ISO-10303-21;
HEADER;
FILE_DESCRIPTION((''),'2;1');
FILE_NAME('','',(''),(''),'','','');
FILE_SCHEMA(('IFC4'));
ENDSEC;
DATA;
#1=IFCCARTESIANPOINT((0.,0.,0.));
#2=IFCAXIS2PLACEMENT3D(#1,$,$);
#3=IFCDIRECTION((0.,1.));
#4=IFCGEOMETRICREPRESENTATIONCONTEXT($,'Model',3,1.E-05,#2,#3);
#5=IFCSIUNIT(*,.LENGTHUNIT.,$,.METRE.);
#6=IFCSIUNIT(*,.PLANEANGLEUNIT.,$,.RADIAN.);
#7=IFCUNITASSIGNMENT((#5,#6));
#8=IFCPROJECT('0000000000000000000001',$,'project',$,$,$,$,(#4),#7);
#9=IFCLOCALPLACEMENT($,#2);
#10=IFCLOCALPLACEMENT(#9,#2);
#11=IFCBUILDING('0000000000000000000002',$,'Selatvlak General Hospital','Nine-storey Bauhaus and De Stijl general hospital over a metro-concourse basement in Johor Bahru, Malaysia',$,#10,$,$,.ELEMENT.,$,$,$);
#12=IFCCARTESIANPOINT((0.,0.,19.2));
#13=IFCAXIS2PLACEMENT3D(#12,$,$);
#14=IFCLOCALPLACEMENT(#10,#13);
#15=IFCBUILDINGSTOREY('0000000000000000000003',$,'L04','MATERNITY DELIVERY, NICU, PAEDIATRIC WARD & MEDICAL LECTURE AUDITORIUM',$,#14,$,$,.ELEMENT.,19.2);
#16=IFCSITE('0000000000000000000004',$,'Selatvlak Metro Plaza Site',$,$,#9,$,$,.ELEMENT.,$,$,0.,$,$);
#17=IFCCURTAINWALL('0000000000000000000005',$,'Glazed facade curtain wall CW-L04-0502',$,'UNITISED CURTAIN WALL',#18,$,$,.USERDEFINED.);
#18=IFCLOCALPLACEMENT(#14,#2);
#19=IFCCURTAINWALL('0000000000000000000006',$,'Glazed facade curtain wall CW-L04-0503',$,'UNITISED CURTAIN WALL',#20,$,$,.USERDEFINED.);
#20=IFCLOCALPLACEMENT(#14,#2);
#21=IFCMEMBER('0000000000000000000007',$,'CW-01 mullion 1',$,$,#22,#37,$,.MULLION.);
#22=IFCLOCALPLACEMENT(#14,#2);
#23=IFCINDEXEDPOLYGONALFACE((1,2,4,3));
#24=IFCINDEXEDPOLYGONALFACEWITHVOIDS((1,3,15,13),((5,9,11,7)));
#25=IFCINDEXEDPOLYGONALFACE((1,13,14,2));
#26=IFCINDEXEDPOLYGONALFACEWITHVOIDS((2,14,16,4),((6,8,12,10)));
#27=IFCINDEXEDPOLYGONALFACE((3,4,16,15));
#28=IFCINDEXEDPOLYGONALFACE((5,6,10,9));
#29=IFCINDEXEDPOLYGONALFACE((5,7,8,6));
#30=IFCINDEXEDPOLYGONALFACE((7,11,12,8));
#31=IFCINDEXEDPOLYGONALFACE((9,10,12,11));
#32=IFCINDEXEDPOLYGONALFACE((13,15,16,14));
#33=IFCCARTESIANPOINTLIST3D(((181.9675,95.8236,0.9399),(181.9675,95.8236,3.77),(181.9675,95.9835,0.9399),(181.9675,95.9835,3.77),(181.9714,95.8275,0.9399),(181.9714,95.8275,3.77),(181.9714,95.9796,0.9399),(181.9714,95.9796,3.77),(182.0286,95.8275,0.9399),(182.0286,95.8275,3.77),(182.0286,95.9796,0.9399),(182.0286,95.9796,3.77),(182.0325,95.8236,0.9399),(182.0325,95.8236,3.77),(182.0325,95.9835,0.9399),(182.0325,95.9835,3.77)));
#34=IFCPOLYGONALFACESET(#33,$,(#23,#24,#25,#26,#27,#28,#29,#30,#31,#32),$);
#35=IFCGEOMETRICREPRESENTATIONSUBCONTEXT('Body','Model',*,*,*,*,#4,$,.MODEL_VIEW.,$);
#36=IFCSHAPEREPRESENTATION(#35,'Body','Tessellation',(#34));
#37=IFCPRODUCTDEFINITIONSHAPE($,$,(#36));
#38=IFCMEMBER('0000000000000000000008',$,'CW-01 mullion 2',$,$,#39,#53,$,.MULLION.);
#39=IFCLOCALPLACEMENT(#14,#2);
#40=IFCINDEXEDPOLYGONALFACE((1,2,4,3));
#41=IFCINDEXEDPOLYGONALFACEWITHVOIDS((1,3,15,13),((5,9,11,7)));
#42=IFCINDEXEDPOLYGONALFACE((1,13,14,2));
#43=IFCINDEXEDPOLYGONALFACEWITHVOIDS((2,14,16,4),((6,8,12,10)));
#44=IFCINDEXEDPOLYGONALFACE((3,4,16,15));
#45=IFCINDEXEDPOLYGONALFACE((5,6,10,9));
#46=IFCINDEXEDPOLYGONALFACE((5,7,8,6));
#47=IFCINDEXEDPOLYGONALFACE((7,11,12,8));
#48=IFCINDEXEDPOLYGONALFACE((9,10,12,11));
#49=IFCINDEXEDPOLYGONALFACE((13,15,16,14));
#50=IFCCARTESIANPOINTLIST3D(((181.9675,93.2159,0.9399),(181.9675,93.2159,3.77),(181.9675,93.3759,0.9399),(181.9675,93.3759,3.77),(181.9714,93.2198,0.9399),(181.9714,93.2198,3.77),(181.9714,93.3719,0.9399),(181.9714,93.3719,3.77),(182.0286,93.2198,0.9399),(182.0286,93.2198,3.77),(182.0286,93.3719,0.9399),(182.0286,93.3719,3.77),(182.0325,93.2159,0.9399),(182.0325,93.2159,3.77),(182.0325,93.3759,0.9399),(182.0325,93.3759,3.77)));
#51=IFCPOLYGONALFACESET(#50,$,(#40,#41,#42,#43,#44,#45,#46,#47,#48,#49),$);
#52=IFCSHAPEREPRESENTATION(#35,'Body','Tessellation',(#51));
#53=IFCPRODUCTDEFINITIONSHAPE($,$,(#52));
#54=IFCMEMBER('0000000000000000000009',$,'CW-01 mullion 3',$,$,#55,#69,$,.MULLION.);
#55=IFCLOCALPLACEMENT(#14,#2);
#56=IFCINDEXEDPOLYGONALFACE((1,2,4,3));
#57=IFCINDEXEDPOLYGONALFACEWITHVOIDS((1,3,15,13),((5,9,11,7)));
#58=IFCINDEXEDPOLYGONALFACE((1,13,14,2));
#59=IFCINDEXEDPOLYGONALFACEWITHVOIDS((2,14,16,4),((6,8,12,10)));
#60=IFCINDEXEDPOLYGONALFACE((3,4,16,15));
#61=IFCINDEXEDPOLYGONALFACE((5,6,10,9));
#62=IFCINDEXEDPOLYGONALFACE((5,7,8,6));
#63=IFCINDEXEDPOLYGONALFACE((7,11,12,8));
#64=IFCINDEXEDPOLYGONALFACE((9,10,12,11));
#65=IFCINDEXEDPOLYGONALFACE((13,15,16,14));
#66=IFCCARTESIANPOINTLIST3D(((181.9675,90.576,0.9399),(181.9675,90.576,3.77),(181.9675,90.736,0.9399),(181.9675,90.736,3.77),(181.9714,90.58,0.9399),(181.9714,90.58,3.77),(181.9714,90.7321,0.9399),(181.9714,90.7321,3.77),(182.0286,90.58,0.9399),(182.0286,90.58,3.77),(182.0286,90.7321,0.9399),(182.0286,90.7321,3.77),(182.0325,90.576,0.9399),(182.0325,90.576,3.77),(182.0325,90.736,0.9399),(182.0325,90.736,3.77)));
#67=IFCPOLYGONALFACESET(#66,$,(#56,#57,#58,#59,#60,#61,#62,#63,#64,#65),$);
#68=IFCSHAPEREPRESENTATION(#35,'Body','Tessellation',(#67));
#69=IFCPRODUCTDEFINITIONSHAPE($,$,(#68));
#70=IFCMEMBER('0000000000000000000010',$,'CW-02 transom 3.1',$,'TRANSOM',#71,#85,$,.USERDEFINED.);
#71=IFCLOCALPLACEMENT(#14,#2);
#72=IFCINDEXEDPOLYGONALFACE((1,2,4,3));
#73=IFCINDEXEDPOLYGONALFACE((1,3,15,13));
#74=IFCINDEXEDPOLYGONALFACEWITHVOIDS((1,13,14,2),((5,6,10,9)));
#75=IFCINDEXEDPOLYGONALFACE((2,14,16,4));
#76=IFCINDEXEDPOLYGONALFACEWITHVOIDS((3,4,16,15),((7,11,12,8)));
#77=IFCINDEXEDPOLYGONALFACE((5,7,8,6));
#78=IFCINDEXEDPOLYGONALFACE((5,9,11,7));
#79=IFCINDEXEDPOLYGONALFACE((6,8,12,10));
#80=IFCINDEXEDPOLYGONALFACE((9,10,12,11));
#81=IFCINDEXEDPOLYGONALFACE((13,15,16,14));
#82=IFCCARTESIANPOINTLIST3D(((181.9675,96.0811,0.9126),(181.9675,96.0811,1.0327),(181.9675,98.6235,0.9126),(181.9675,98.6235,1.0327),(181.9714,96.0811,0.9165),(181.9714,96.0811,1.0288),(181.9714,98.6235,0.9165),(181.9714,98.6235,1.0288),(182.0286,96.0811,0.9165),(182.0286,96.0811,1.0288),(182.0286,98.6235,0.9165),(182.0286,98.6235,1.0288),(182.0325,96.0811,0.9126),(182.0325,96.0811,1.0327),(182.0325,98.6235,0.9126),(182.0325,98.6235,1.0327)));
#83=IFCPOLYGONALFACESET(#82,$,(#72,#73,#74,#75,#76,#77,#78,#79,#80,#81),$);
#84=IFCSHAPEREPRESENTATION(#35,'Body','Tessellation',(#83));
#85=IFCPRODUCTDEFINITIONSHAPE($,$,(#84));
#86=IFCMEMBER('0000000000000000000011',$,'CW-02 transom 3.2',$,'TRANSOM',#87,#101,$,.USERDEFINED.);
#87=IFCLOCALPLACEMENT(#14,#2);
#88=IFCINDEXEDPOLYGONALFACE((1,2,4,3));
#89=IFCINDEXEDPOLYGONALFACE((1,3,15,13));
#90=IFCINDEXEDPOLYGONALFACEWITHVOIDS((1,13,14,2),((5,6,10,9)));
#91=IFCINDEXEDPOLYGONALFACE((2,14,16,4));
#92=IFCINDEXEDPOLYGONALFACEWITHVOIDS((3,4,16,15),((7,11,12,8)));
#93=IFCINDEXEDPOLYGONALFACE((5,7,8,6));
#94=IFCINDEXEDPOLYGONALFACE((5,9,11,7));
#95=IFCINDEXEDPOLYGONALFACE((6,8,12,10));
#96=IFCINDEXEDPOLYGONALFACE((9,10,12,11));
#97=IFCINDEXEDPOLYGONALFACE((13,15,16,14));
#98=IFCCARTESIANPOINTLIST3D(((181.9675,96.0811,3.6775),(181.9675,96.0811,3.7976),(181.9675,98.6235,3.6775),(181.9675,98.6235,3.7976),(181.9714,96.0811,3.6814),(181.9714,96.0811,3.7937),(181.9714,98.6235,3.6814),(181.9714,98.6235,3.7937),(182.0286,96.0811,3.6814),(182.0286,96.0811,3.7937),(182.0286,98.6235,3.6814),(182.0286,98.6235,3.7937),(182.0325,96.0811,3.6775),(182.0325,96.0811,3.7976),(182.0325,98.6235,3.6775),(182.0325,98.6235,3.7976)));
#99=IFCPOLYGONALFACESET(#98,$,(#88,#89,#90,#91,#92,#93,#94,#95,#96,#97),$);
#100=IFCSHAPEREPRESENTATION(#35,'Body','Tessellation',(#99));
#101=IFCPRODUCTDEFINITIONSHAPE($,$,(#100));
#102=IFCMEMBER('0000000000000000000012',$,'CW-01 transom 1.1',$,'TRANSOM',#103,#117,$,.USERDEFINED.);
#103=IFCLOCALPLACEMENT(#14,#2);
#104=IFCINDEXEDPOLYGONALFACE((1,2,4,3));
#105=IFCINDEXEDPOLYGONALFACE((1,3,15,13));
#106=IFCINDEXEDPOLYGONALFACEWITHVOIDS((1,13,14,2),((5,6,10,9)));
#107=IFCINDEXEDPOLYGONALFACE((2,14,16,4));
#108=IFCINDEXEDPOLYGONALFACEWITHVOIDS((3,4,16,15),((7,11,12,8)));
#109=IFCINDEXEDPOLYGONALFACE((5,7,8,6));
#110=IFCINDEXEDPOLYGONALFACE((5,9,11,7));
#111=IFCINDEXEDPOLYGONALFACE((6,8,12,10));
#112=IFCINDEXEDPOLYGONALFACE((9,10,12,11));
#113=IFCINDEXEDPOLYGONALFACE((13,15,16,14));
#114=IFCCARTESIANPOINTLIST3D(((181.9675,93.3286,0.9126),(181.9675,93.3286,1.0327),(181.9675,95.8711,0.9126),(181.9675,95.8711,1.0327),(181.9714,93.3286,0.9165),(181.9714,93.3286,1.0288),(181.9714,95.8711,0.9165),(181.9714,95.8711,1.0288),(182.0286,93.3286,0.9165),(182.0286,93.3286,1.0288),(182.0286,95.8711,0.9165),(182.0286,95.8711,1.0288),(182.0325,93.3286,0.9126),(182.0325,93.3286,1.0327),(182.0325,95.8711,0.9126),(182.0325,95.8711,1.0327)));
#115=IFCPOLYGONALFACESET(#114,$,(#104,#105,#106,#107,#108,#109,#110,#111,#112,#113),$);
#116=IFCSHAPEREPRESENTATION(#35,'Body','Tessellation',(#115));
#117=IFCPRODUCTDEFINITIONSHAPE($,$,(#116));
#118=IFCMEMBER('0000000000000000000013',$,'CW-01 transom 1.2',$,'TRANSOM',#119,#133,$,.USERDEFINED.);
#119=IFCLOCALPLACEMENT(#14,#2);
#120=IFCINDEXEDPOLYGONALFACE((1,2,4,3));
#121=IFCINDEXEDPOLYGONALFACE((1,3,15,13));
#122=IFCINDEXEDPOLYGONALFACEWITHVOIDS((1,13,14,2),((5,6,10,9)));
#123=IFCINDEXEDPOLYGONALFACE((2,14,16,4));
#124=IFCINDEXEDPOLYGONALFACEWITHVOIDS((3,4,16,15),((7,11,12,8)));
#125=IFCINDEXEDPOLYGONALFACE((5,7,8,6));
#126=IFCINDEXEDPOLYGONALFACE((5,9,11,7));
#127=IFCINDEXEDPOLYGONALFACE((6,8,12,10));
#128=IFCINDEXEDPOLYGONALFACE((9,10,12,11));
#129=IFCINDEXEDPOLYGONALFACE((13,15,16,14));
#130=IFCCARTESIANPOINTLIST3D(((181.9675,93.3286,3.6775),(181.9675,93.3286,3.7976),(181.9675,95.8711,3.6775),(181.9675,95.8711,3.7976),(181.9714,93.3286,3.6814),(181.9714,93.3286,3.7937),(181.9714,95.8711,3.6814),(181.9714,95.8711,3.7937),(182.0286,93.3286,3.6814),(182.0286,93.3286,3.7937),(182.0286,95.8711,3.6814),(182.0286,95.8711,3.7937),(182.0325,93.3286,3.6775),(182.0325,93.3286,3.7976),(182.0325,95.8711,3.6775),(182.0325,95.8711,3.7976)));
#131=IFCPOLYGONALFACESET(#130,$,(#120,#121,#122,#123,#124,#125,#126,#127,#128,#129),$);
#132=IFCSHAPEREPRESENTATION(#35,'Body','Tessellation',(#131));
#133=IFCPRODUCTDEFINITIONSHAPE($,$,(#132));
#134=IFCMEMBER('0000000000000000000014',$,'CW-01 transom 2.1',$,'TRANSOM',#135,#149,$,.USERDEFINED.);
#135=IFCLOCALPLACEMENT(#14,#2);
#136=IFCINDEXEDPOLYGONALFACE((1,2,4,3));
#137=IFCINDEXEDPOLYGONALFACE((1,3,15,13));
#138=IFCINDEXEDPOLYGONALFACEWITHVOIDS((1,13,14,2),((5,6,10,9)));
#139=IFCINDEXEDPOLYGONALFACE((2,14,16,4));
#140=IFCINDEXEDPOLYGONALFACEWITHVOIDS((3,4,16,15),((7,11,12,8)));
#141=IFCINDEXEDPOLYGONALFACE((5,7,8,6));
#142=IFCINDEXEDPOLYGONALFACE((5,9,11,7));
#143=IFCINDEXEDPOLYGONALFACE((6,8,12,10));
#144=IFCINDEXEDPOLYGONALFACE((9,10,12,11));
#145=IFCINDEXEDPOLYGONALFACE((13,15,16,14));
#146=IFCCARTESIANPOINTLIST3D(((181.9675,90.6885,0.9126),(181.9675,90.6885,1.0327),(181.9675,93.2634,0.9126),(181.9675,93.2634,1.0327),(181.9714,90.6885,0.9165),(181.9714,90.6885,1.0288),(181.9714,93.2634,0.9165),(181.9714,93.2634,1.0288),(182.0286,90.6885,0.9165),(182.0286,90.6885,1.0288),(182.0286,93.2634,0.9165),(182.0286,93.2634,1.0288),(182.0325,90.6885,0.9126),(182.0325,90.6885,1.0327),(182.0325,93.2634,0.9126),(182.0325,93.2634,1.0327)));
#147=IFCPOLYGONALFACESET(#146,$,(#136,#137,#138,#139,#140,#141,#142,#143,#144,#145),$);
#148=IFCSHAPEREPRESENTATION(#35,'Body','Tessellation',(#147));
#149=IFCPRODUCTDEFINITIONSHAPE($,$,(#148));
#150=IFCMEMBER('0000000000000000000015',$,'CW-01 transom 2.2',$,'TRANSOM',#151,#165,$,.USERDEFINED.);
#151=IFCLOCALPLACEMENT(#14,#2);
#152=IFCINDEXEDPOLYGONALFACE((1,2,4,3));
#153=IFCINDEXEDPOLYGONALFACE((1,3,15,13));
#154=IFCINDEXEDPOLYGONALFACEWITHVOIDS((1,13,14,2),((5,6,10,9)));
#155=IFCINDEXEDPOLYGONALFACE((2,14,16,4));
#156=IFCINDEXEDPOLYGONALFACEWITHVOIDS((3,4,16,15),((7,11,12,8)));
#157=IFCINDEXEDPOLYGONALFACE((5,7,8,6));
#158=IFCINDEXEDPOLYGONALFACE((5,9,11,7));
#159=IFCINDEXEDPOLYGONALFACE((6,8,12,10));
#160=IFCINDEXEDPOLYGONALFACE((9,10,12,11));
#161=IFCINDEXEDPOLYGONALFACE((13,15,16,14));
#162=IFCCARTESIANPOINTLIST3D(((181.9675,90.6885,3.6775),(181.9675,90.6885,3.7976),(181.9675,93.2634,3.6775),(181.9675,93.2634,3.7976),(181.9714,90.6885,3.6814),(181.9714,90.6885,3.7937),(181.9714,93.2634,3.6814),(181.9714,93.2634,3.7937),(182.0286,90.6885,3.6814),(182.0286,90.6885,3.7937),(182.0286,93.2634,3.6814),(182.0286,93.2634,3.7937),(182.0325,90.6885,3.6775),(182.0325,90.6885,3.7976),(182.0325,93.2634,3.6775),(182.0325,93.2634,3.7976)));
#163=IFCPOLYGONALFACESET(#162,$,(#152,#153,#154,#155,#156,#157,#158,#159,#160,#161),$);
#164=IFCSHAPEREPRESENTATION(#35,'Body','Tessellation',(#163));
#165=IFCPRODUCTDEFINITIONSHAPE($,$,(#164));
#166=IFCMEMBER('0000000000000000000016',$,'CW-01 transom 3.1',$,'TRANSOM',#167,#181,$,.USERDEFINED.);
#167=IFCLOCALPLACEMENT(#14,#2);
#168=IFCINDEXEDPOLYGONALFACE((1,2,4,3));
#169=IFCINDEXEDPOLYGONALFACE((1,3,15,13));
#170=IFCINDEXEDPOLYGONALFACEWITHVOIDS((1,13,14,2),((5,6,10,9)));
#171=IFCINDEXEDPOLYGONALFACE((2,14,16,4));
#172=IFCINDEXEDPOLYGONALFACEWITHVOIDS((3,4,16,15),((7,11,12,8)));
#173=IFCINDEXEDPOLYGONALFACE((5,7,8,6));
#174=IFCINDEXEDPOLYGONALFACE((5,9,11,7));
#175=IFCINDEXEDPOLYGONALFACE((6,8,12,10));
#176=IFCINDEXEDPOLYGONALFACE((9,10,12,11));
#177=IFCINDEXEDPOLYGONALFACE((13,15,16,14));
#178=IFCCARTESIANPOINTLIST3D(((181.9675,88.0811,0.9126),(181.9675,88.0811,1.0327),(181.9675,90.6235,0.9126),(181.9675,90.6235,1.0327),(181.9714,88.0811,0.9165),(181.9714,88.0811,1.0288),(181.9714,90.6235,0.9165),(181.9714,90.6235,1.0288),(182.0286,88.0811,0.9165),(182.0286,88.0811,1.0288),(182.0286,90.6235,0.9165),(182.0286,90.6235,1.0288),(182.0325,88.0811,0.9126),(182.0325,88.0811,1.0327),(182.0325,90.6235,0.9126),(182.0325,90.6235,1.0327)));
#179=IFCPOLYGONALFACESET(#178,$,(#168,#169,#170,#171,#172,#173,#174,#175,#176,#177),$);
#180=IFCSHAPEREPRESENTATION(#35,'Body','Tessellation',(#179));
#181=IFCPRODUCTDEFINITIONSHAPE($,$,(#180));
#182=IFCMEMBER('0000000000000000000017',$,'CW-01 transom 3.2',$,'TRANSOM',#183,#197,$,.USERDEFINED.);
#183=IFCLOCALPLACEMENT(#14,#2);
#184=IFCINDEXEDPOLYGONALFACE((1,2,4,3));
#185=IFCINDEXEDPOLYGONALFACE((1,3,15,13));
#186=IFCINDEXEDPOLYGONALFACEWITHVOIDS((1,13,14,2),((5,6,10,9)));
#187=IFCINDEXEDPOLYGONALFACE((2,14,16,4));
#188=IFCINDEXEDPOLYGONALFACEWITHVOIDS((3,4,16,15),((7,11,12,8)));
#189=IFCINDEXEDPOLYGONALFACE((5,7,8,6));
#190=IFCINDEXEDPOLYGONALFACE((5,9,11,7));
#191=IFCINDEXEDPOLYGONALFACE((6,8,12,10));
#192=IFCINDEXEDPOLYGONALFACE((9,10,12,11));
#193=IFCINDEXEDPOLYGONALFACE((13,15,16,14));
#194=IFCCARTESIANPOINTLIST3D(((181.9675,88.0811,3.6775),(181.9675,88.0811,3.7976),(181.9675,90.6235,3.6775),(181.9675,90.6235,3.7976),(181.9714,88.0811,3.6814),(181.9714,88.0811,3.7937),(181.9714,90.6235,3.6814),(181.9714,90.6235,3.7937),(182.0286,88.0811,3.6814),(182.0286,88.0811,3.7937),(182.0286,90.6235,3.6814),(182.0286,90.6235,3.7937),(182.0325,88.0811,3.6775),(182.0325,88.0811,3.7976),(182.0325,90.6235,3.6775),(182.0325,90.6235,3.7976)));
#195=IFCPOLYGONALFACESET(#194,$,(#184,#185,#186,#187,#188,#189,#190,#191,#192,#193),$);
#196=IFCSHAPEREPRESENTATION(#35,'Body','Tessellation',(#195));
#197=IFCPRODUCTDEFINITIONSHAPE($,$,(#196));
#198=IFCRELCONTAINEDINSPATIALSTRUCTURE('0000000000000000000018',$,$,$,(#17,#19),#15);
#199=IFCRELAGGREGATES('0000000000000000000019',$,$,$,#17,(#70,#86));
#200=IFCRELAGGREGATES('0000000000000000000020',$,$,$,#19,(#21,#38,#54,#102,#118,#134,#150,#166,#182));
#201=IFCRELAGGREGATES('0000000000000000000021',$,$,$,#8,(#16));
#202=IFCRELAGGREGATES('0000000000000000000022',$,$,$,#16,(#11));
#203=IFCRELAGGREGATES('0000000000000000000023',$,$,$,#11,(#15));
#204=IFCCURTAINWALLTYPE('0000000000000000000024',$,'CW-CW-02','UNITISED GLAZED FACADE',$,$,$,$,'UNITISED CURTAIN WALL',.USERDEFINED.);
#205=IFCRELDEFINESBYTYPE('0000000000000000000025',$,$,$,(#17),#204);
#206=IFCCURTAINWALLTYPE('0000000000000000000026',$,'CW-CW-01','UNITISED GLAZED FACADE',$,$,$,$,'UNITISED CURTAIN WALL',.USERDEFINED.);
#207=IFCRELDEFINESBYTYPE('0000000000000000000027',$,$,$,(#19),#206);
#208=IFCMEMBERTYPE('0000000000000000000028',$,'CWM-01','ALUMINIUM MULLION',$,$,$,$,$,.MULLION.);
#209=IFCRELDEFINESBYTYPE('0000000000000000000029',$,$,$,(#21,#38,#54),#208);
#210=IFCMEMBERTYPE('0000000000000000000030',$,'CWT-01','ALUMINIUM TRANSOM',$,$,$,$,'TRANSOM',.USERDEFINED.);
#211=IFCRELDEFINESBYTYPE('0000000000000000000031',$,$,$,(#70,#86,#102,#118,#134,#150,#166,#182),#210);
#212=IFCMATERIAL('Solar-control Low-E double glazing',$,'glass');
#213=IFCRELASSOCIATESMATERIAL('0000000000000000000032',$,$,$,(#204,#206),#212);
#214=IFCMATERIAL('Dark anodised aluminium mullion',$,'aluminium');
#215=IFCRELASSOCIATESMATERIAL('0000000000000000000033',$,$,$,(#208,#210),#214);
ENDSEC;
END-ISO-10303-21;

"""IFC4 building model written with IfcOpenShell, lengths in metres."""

from ifc_helpers import new_model, si_unit, direction, frame, origin, origin_2d, place, context, subcontext, project, spatial, hollow_rectangle, extrude, material, material_profile, profile_set, type_object, element, aggregate, save


model = new_model("IFC4")

# Units and contexts
model_context = context("Model", 3, precision=1e-05, world=origin(), true_north=direction((0.0, 1.0)))
body_context = subcontext(model_context, "Body", "Model", "MODEL_VIEW")
ifc_project = project(units=[si_unit("LENGTHUNIT", "METRE"), si_unit("PLANEANGLEUNIT", "RADIAN")], contexts=[model_context])

# Site, building, storey
site_placement = place(None, origin())
site = spatial("IfcSite", under=ifc_project, at=site_placement, Name="Selatvlak Metro Plaza Site", CompositionType="ELEMENT", RefElevation=0.0)
building_placement = place(site_placement, origin())
building = spatial("IfcBuilding", under=site, at=building_placement, Name="Selatvlak General Hospital", Description="Nine-storey Bauhaus and De Stijl general hospital over a metro-concourse basement in Johor Bahru, Malaysia", CompositionType="ELEMENT")
storey_placement = place(building_placement, frame((0.0, 0.0, 19.2)))
storey = spatial("IfcBuildingStorey", under=building, at=storey_placement, Name="L04", Description="MATERNITY DELIVERY, NICU, PAEDIATRIC WARD & MEDICAL LECTURE AUDITORIUM", CompositionType="ELEMENT", Elevation=19.2)

# Curtain walls, members
ifc_material_1 = material(Name="Solar-control Low-E double glazing", Category="glass")
curtain_wall_type_1 = type_object("IfcCurtainWallType", Name="CW-CW-02", Description="UNITISED GLAZED FACADE", ElementType="UNITISED CURTAIN WALL", PredefinedType="USERDEFINED", material=ifc_material_1)
curtain_wall_1_placement = place(storey_placement, origin())
curtain_wall_1 = element("IfcCurtainWall", 1, at=curtain_wall_1_placement, inside=storey, type_object=curtain_wall_type_1, Name="Glazed facade curtain wall CW-L04-0502", ObjectType="UNITISED CURTAIN WALL", PredefinedType="USERDEFINED")
ifc_material_2 = material(Name="Dark anodised aluminium mullion", Category="aluminium")
ifc_material_profile_1 = material_profile(ifc_material_2, hollow_rectangle(XDim=0.0649, YDim=0.1599, WallThickness=0.0039, at=origin_2d()), Name="AL-MUL 65x160x4")
ifc_profile_set_1 = profile_set([ifc_material_profile_1], Name="Dark anodised aluminium mullion")
member_type_1 = type_object("IfcMemberType", Name="CWM-01", Description="ALUMINIUM MULLION", PredefinedType="MULLION", material=ifc_profile_set_1)
curtain_wall_type_2 = type_object("IfcCurtainWallType", Name="CW-CW-01", Description="UNITISED GLAZED FACADE", ElementType="UNITISED CURTAIN WALL", PredefinedType="USERDEFINED", material=ifc_material_1)
curtain_wall_2_placement = place(storey_placement, origin())
curtain_wall_2 = element("IfcCurtainWall", 2, at=curtain_wall_2_placement, inside=storey, type_object=curtain_wall_type_2, Name="Glazed facade curtain wall CW-L04-0503", ObjectType="UNITISED CURTAIN WALL", PredefinedType="USERDEFINED")
member_1_placement = place(storey_placement, frame((182.0, 95.9036, 0.9399), z_axis=(0.0, 0.0, 1.0), x_axis=(1.0, 0.0, 0.0)))
member_1 = element("IfcMember", 3, at=member_1_placement, type_object=member_type_1, Name="CW-01 mullion 1", PredefinedType="MULLION", context=body_context, shape_type="SweptSolid", body=[
    extrude(hollow_rectangle(XDim=0.0649, YDim=0.1599, WallThickness=0.0039, at=origin_2d()), origin(), (0.0, 0.0, 1.0), 2.8301),
])
member_2_placement = place(storey_placement, frame((182.0, 93.2959, 0.9399), z_axis=(0.0, 0.0, 1.0), x_axis=(1.0, 0.0, 0.0)))
member_2 = element("IfcMember", 4, at=member_2_placement, type_object=member_type_1, Name="CW-01 mullion 2", PredefinedType="MULLION", context=body_context, shape_type="SweptSolid", body=[
    extrude(hollow_rectangle(XDim=0.0649, YDim=0.1599, WallThickness=0.0039, at=origin_2d()), origin(), (0.0, 0.0, 1.0), 2.8301),
])
member_3_placement = place(storey_placement, frame((182.0, 90.656, 0.9399), z_axis=(0.0, 0.0, 1.0), x_axis=(1.0, 0.0, 0.0)))
member_3 = element("IfcMember", 5, at=member_3_placement, type_object=member_type_1, Name="CW-01 mullion 3", PredefinedType="MULLION", context=body_context, shape_type="SweptSolid", body=[
    extrude(hollow_rectangle(XDim=0.0649, YDim=0.1599, WallThickness=0.0039, at=origin_2d()), origin(), (0.0, 0.0, 1.0), 2.8301),
])

# Members
ifc_material_profile_2 = material_profile(ifc_material_2, hollow_rectangle(XDim=0.0649, YDim=0.1201, WallThickness=0.0039, at=origin_2d()), Name="AL-TRN 65x120x4")
ifc_profile_set_2 = profile_set([ifc_material_profile_2], Name="Dark anodised aluminium mullion")
member_type_2 = type_object("IfcMemberType", Name="CWT-01", Description="ALUMINIUM TRANSOM", ElementType="TRANSOM", PredefinedType="USERDEFINED", material=ifc_profile_set_2)
member_4_placement = place(storey_placement, frame((182.0, 98.6235, 0.9727), z_axis=(0.0, -1.0, 0.0), x_axis=(1.0, 0.0, 0.0)))
member_4 = element("IfcMember", 6, at=member_4_placement, type_object=member_type_2, Name="CW-02 transom 3.1", ObjectType="TRANSOM", PredefinedType="USERDEFINED", context=body_context, shape_type="SweptSolid", body=[
    extrude(hollow_rectangle(XDim=0.0649, YDim=0.1201, WallThickness=0.0039, at=origin_2d()), origin(), (0.0, 0.0, 1.0), 2.5425),
])
member_5_placement = place(storey_placement, frame((182.0, 98.6235, 3.7375), z_axis=(0.0, -1.0, 0.0), x_axis=(1.0, 0.0, 0.0)))
member_5 = element("IfcMember", 7, at=member_5_placement, type_object=member_type_2, Name="CW-02 transom 3.2", ObjectType="TRANSOM", PredefinedType="USERDEFINED", context=body_context, shape_type="SweptSolid", body=[
    extrude(hollow_rectangle(XDim=0.0649, YDim=0.1201, WallThickness=0.0039, at=origin_2d()), origin(), (0.0, 0.0, 1.0), 2.5425),
])
member_6_placement = place(storey_placement, frame((182.0, 95.8711, 0.9727), z_axis=(0.0, -1.0, 0.0), x_axis=(1.0, 0.0, 0.0)))
member_6 = element("IfcMember", 8, at=member_6_placement, type_object=member_type_2, Name="CW-01 transom 1.1", ObjectType="TRANSOM", PredefinedType="USERDEFINED", context=body_context, shape_type="SweptSolid", body=[
    extrude(hollow_rectangle(XDim=0.0649, YDim=0.1201, WallThickness=0.0039, at=origin_2d()), origin(), (0.0, 0.0, 1.0), 2.5425),
])
member_7_placement = place(storey_placement, frame((182.0, 95.8711, 3.7375), z_axis=(0.0, -1.0, 0.0), x_axis=(1.0, 0.0, 0.0)))
member_7 = element("IfcMember", 9, at=member_7_placement, type_object=member_type_2, Name="CW-01 transom 1.2", ObjectType="TRANSOM", PredefinedType="USERDEFINED", context=body_context, shape_type="SweptSolid", body=[
    extrude(hollow_rectangle(XDim=0.0649, YDim=0.1201, WallThickness=0.0039, at=origin_2d()), origin(), (0.0, 0.0, 1.0), 2.5425),
])
member_8_placement = place(storey_placement, frame((182.0, 93.2634, 0.9727), z_axis=(0.0, -1.0, 0.0), x_axis=(1.0, 0.0, 0.0)))
member_8 = element("IfcMember", 10, at=member_8_placement, type_object=member_type_2, Name="CW-01 transom 2.1", ObjectType="TRANSOM", PredefinedType="USERDEFINED", context=body_context, shape_type="SweptSolid", body=[
    extrude(hollow_rectangle(XDim=0.0649, YDim=0.1201, WallThickness=0.0039, at=origin_2d()), origin(), (0.0, 0.0, 1.0), 2.575),
])
member_9_placement = place(storey_placement, frame((182.0, 93.2634, 3.7375), z_axis=(0.0, -1.0, 0.0), x_axis=(1.0, 0.0, 0.0)))
member_9 = element("IfcMember", 11, at=member_9_placement, type_object=member_type_2, Name="CW-01 transom 2.2", ObjectType="TRANSOM", PredefinedType="USERDEFINED", context=body_context, shape_type="SweptSolid", body=[
    extrude(hollow_rectangle(XDim=0.0649, YDim=0.1201, WallThickness=0.0039, at=origin_2d()), origin(), (0.0, 0.0, 1.0), 2.575),
])
member_10_placement = place(storey_placement, frame((182.0, 90.6235, 0.9727), z_axis=(0.0, -1.0, 0.0), x_axis=(1.0, 0.0, 0.0)))
member_10 = element("IfcMember", 12, at=member_10_placement, type_object=member_type_2, Name="CW-01 transom 3.1", ObjectType="TRANSOM", PredefinedType="USERDEFINED", context=body_context, shape_type="SweptSolid", body=[
    extrude(hollow_rectangle(XDim=0.0649, YDim=0.1201, WallThickness=0.0039, at=origin_2d()), origin(), (0.0, 0.0, 1.0), 2.5425),
])
member_11_placement = place(storey_placement, frame((182.0, 90.6235, 3.7375), z_axis=(0.0, -1.0, 0.0), x_axis=(1.0, 0.0, 0.0)))
member_11 = element("IfcMember", 13, at=member_11_placement, type_object=member_type_2, Name="CW-01 transom 3.2", ObjectType="TRANSOM", PredefinedType="USERDEFINED", context=body_context, shape_type="SweptSolid", body=[
    extrude(hollow_rectangle(XDim=0.0649, YDim=0.1201, WallThickness=0.0039, at=origin_2d()), origin(), (0.0, 0.0, 1.0), 2.5425),
])

aggregate(curtain_wall_1, [member_4, member_5])
aggregate(curtain_wall_2, [member_1, member_2, member_3, member_6, member_7, member_8, member_9, member_10, member_11])

save(model, "model.ifc")
